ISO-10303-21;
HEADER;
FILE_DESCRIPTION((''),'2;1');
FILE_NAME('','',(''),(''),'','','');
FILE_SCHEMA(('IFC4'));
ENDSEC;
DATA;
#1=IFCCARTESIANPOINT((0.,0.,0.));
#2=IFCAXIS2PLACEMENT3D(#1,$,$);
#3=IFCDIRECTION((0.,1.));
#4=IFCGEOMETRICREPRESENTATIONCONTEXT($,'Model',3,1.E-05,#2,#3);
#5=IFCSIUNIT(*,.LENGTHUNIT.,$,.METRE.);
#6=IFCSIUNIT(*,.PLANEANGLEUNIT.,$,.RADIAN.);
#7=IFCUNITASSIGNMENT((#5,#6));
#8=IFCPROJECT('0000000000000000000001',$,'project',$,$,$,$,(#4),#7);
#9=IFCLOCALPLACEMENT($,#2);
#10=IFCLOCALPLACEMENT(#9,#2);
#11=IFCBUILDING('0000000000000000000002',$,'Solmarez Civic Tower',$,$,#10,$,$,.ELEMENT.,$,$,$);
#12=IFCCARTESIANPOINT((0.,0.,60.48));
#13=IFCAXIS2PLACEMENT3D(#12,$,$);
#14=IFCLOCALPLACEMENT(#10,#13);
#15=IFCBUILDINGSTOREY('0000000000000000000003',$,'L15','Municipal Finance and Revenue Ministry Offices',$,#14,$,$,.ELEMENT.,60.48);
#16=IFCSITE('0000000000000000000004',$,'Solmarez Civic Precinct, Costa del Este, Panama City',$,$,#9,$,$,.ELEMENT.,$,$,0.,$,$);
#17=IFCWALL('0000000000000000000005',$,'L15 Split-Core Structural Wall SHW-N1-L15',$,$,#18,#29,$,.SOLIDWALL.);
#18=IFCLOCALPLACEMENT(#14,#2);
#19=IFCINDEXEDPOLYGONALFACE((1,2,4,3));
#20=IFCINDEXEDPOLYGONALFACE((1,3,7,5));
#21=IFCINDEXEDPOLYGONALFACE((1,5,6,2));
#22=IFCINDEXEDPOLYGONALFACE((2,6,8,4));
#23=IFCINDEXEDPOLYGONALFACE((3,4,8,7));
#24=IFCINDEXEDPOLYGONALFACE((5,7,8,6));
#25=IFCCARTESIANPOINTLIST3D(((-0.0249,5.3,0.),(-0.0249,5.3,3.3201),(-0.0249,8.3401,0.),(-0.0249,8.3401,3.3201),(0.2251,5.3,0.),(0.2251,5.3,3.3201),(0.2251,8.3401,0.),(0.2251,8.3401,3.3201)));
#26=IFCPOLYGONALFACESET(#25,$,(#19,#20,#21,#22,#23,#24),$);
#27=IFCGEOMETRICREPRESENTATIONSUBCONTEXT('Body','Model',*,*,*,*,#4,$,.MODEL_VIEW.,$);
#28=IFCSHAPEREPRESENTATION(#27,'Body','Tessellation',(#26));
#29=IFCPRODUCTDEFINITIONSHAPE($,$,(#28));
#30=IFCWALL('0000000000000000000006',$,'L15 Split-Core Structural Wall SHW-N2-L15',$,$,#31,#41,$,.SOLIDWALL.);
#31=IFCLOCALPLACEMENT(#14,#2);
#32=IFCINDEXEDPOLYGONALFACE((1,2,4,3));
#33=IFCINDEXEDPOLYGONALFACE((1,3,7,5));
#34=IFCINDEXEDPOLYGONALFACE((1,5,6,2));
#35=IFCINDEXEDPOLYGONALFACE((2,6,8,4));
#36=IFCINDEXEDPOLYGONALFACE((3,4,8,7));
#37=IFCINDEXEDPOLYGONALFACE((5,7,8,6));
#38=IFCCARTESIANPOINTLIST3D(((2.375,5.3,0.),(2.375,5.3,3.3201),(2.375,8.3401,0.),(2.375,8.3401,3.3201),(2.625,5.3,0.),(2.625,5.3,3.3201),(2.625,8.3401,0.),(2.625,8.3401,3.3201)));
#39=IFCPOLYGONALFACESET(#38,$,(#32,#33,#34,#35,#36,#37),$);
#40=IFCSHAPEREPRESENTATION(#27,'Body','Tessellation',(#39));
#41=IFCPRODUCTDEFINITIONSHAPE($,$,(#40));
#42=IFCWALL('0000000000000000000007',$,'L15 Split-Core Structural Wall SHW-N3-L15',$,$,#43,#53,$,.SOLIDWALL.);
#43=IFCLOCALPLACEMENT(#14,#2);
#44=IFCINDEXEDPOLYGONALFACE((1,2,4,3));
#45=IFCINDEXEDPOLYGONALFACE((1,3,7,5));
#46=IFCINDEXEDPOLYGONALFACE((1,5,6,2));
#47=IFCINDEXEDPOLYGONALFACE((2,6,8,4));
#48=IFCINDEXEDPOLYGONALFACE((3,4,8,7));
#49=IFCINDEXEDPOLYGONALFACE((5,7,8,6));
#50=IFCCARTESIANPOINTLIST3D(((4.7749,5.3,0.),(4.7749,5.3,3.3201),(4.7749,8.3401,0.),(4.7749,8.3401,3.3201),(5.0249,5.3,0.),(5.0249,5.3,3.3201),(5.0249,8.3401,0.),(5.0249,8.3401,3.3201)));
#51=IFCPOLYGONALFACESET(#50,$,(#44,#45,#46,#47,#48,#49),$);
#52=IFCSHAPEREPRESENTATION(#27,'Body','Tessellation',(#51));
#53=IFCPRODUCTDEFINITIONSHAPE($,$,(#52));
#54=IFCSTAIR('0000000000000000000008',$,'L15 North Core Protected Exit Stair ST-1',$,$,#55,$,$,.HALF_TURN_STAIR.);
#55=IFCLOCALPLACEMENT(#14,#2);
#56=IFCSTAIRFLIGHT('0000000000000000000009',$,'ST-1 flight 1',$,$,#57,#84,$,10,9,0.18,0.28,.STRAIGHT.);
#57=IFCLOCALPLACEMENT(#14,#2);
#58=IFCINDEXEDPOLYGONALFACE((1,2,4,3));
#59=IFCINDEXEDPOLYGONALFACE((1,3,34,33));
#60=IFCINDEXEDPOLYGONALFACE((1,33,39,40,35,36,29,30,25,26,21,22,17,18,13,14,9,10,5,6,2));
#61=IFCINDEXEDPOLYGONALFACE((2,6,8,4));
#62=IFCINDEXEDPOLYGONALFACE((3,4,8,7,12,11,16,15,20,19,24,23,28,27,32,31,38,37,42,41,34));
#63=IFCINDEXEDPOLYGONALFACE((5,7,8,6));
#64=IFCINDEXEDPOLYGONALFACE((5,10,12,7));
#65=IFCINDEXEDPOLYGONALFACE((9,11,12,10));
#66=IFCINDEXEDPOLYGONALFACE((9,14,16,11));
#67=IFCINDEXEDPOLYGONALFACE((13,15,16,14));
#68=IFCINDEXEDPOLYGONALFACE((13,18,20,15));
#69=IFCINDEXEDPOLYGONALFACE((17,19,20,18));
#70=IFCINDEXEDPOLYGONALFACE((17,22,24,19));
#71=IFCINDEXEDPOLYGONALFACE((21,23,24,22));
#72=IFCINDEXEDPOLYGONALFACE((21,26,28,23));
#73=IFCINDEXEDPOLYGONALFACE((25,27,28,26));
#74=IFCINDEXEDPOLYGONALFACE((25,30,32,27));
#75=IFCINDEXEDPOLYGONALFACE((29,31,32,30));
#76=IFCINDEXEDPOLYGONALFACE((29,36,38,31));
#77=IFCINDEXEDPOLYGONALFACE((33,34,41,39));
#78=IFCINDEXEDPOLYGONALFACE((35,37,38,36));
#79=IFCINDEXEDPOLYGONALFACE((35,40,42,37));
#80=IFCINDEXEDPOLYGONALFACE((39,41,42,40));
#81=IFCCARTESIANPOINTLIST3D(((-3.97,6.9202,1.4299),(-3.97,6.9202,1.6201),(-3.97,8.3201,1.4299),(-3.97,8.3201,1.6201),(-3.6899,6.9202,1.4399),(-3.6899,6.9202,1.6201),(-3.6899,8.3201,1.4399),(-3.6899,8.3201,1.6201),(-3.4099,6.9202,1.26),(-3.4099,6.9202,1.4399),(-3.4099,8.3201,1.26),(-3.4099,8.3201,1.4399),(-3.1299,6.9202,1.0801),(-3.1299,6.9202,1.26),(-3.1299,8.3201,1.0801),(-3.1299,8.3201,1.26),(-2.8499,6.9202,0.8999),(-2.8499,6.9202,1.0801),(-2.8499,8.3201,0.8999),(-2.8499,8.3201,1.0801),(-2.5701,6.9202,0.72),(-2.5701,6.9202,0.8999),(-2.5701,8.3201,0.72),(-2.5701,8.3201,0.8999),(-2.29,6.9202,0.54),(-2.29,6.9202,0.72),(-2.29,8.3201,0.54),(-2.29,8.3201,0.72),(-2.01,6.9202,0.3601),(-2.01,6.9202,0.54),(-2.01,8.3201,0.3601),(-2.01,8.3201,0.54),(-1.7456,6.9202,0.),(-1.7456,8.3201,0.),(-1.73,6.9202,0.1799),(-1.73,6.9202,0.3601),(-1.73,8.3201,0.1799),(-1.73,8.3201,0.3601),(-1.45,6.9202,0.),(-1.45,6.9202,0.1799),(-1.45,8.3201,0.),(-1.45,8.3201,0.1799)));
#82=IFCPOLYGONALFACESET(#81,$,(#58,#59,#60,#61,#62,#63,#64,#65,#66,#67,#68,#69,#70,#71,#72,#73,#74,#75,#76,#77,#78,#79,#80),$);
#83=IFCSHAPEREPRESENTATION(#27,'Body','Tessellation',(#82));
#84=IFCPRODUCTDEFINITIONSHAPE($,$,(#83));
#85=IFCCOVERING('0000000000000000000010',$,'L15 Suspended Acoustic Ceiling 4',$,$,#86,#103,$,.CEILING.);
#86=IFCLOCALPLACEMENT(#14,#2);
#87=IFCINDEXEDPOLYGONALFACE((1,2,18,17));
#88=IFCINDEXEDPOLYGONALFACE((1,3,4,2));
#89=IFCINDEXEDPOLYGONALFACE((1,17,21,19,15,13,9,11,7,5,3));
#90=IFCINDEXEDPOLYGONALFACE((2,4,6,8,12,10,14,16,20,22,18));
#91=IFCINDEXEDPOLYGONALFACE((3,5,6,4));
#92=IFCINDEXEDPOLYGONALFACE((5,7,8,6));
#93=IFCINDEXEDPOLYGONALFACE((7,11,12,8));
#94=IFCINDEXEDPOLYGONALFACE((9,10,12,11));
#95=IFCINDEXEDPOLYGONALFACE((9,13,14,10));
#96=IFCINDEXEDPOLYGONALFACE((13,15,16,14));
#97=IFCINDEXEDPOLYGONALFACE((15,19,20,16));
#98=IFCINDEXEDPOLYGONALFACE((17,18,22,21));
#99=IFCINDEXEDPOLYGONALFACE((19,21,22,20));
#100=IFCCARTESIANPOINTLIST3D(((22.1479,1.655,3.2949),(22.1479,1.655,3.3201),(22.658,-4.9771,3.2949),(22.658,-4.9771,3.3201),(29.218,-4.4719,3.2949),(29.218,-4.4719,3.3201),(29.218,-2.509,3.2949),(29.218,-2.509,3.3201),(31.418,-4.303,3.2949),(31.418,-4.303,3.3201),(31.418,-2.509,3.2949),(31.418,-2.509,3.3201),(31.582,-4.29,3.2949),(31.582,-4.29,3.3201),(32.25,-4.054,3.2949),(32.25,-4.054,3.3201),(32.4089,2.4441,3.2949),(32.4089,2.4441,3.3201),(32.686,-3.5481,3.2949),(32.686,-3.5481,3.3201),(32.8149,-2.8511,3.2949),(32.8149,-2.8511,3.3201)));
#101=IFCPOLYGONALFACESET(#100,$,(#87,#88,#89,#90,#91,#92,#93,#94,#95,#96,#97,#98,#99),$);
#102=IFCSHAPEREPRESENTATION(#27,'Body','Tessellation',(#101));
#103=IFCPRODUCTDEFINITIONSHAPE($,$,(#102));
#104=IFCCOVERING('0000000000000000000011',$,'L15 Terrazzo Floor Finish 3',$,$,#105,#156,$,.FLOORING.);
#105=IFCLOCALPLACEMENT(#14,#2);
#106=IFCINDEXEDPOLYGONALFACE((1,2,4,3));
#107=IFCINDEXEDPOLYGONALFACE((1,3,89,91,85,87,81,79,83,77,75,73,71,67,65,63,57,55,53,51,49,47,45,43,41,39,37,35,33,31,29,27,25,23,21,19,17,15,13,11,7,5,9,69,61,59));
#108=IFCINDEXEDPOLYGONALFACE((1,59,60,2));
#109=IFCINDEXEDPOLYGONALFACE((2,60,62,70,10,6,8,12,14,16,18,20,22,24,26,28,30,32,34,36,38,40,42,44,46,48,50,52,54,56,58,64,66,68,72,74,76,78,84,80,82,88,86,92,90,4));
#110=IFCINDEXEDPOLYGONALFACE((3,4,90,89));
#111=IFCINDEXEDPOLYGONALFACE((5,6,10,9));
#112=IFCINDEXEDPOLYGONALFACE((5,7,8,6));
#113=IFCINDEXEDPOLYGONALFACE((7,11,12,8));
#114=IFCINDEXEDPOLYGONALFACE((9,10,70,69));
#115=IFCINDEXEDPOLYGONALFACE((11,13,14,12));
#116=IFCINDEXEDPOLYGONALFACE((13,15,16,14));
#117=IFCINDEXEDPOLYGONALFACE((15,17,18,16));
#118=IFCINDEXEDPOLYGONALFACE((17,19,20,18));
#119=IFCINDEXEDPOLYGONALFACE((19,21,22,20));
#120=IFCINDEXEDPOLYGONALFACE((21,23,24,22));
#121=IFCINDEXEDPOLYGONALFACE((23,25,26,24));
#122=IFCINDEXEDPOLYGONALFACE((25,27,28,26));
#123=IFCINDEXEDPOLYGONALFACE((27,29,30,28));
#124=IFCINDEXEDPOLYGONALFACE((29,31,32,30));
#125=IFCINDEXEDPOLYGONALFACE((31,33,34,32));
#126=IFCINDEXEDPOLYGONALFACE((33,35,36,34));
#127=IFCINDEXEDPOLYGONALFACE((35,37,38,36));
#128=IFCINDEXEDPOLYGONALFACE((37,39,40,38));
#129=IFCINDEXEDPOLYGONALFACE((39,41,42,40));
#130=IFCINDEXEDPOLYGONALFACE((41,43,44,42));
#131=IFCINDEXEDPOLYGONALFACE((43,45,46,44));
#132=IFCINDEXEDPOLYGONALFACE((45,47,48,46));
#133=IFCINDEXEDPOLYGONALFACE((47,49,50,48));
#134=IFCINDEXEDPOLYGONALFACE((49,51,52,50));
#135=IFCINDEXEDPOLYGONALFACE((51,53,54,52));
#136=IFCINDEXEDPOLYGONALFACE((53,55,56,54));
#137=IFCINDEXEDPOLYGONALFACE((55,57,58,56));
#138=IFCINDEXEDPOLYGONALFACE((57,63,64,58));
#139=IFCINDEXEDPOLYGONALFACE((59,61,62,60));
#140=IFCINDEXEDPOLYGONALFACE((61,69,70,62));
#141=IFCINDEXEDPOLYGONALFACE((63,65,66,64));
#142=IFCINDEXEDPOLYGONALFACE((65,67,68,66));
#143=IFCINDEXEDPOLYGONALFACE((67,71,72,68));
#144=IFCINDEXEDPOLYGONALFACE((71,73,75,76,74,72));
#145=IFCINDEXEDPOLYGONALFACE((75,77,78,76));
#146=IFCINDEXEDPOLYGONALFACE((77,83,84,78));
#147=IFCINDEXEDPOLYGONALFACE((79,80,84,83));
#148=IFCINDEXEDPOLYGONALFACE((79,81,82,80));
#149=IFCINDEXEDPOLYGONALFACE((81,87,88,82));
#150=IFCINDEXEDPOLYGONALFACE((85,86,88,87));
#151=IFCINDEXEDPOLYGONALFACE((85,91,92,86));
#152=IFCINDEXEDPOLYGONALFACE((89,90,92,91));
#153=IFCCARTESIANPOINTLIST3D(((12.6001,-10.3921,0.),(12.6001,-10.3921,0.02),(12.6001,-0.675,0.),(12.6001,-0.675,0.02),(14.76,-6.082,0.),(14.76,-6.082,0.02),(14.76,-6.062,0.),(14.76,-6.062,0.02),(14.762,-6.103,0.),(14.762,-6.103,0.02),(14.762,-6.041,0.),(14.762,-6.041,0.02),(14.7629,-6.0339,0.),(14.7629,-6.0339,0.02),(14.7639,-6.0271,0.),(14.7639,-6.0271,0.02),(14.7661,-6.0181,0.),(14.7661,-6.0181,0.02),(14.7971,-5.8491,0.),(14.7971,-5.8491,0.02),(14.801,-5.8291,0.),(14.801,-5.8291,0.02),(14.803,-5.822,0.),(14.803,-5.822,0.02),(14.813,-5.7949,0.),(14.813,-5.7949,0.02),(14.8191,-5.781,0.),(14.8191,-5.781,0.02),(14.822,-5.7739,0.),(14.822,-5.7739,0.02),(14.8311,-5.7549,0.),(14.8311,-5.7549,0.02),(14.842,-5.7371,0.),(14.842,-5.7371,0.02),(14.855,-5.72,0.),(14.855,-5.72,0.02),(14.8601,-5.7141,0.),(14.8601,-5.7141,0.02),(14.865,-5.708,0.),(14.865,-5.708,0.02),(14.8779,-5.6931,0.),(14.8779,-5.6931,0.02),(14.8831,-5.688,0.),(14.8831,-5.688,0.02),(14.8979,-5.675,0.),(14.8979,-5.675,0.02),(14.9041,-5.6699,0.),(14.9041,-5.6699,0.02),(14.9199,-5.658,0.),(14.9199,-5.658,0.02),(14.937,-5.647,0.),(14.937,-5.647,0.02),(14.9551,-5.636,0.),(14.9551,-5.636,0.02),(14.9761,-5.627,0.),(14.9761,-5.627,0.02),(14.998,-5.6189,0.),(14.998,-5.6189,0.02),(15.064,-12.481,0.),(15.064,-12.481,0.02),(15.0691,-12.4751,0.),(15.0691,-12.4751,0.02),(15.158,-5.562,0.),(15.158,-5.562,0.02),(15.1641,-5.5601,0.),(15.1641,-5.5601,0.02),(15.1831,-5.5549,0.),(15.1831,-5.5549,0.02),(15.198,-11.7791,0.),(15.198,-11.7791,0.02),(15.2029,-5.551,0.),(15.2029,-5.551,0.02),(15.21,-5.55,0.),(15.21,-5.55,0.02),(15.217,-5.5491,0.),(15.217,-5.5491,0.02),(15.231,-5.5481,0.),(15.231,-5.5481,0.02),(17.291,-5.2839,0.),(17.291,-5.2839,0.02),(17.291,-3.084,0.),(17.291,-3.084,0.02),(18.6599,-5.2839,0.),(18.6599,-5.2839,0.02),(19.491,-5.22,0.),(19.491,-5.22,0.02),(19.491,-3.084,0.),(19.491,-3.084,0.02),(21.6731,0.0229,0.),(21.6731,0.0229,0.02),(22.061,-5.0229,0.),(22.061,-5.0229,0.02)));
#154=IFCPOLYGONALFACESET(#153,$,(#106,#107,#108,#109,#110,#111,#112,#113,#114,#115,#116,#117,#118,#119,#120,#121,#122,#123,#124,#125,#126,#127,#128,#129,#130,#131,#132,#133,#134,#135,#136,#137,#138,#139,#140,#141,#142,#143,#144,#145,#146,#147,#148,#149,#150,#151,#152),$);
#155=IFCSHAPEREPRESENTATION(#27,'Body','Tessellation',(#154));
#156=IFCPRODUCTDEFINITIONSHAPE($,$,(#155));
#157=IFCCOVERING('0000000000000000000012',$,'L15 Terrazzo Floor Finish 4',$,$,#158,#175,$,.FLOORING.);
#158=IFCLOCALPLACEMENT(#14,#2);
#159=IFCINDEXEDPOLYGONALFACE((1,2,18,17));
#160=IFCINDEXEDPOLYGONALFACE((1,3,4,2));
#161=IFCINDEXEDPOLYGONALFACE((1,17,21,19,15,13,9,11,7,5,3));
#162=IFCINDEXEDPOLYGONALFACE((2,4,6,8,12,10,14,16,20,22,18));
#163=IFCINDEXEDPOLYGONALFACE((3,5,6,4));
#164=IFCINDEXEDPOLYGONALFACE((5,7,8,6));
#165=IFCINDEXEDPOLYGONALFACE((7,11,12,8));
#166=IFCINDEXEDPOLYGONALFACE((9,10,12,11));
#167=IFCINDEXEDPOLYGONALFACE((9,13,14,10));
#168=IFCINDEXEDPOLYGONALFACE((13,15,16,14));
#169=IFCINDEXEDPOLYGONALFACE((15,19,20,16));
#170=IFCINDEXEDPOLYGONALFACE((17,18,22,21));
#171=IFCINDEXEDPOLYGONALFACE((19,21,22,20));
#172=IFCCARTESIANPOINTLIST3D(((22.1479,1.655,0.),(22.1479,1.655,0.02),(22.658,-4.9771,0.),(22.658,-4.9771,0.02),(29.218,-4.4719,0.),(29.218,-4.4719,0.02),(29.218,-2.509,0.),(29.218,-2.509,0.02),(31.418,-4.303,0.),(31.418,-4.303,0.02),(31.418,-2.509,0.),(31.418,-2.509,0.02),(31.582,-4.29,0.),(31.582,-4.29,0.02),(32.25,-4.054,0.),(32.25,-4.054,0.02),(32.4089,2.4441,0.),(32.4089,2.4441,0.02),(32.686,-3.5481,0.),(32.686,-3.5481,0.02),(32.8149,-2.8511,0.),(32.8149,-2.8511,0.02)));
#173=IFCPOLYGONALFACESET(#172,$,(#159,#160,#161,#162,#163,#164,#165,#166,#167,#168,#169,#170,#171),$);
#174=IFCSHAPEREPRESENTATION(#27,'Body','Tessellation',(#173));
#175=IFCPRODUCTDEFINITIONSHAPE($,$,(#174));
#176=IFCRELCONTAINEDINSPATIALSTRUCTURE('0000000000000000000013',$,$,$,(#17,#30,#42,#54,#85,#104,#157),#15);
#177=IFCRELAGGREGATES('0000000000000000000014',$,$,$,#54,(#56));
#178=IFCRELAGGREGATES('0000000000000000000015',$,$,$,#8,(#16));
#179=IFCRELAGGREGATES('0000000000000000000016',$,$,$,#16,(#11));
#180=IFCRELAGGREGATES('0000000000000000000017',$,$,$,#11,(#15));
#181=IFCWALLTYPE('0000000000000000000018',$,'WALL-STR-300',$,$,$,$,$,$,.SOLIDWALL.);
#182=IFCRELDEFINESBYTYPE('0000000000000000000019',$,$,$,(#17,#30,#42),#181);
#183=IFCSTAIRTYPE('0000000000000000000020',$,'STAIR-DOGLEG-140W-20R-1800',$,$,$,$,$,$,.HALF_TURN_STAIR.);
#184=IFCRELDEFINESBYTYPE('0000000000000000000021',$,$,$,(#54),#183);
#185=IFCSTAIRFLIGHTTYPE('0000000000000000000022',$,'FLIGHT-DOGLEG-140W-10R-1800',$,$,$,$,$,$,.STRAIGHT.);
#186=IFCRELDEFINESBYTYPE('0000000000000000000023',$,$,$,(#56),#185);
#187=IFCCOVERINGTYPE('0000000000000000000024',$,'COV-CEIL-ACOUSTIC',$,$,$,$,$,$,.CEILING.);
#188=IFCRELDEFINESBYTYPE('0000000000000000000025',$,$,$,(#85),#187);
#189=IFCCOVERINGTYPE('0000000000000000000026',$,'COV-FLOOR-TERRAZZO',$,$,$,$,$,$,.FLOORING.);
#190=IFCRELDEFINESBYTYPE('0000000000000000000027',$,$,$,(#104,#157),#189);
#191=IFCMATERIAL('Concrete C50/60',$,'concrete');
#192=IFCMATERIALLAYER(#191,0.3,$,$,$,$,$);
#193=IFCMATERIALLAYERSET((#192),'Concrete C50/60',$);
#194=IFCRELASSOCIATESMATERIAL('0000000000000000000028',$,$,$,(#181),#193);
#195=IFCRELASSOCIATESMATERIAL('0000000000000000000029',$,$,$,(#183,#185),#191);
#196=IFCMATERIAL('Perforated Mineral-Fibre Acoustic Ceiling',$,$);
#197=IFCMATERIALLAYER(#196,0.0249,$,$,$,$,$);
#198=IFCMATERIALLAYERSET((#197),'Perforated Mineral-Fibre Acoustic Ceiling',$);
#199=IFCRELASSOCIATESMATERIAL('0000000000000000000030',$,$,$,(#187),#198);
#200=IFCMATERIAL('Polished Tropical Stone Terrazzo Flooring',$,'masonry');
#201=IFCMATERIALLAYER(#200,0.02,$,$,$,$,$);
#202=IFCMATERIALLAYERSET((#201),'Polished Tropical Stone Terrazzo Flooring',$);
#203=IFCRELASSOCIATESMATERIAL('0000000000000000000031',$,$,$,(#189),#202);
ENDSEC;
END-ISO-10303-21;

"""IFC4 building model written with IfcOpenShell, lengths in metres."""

from ifc_helpers import new_model, si_unit, direction, frame, frame_2d, origin, place, context, subcontext, project, spatial, polyline, rectangle, outline, extrude, material, layer, layer_set, type_object, element, aggregate, save


model = new_model("IFC4")

# Units and contexts
model_context = context("Model", 3, precision=1e-05, world=origin(), true_north=direction((0.0, 1.0)))
body_context = subcontext(model_context, "Body", "Model", "MODEL_VIEW")
ifc_project = project(units=[si_unit("LENGTHUNIT", "METRE"), si_unit("PLANEANGLEUNIT", "RADIAN")], contexts=[model_context])

# Site, building, storey
site_placement = place(None, origin())
site = spatial("IfcSite", under=ifc_project, at=site_placement, Name="Solmarez Civic Precinct, Costa del Este, Panama City", CompositionType="ELEMENT", RefElevation=0.0)
building_placement = place(site_placement, origin())
building = spatial("IfcBuilding", under=site, at=building_placement, Name="Solmarez Civic Tower", CompositionType="ELEMENT")
storey_placement = place(building_placement, frame((0.0, 0.0, 60.48)))
storey = spatial("IfcBuildingStorey", under=building, at=storey_placement, Name="L15", Description="Municipal Finance and Revenue Ministry Offices", CompositionType="ELEMENT", Elevation=60.48)

# Shared definitions
ifc_material_1 = material(Name="Concrete C50/60", Category="concrete")

# Walls
ifc_layer_1 = layer(ifc_material_1, 0.3)
ifc_layer_set_1 = layer_set([ifc_layer_1], Name="Concrete C50/60")
wall_type_1 = type_object("IfcWallType", Name="WALL-STR-300", PredefinedType="SOLIDWALL", material=ifc_layer_set_1)
for number, where, z_axis, x_axis, name in (
    (1, (0.1001, 5.3, 0.0), (0.0, 0.0, 1.0), (0.0, 1.0, 0.0), "L15 Split-Core Structural Wall SHW-N1-L15"),
    (2, (2.5, 5.3, 0.0), (0.0, 0.0, 1.0), (0.0, 1.0, 0.0), "L15 Split-Core Structural Wall SHW-N2-L15"),
    (3, (4.8999, 5.3, 0.0), (0.0, 0.0, 1.0), (0.0, 1.0, 0.0), "L15 Split-Core Structural Wall SHW-N3-L15"),
):
    element("IfcWall", number, at=place(storey_placement, frame(where, z_axis=z_axis, x_axis=x_axis)), inside=storey, type_object=wall_type_1, Name=name, PredefinedType="SOLIDWALL", context=body_context, shape_type="SweptSolid", body=[
        extrude(rectangle(XDim=3.04, YDim=0.25, at=frame_2d((1.52, 0.0))), origin(), (0.0, 0.0, 1.0), 3.3201),
    ])

# Stair, stair flight
stair_type = type_object("IfcStairType", Name="STAIR-DOGLEG-140W-20R-1800", PredefinedType="HALF_TURN_STAIR", material=ifc_material_1)
stair_placement = place(storey_placement, origin())
stair = element("IfcStair", 4, at=stair_placement, inside=storey, type_object=stair_type, Name="L15 North Core Protected Exit Stair ST-1", PredefinedType="HALF_TURN_STAIR")
stair_flight_type = type_object("IfcStairFlightType", Name="FLIGHT-DOGLEG-140W-10R-1800", PredefinedType="STRAIGHT", material=ifc_material_1)
stair_flight_placement = place(storey_placement, frame((-1.45, 7.6201, 0.0), z_axis=(0.0, 0.0, 1.0), x_axis=(-1.0, 0.0, 0.0)))
stair_flight = element("IfcStairFlight", 5, at=stair_flight_placement, type_object=stair_flight_type, Name="ST-1 flight 1", NumberOfRisers=10, NumberOfTreads=9, PredefinedType="STRAIGHT", RiserHeight=0.18, TreadLength=0.28, context=body_context, shape_type="SweptSolid", body=[
    extrude(outline(polyline([(0.0, 0.0), (0.0, 0.1799), (0.28, 0.1799), (0.28, 0.3601), (0.5601, 0.3601), (0.5601, 0.54), (0.8401, 0.54), (0.8401, 0.72), (1.1201, 0.72), (1.1201, 0.8999), (1.3999, 0.8999), (1.3999, 1.0801), (1.6799, 1.0801), (1.6799, 1.26), (1.96, 1.26), (1.96, 1.4399), (2.24, 1.4399), (2.24, 1.6201), (2.52, 1.6201), (2.52, 1.8), (2.52, 1.4299), (0.2957, 0.0), (0.0, 0.0)])), frame((0.0, 0.7, 0.0), z_axis=(0.0, -1.0, 0.0), x_axis=(1.0, 0.0, 0.0)), (0.0, 0.0, 1.0), 1.3999),
])
aggregate(stair, [stair_flight])

# Coverings
ifc_material_2 = material(Name="Perforated Mineral-Fibre Acoustic Ceiling")
ifc_layer_2 = layer(ifc_material_2, 0.0249)
ifc_layer_set_2 = layer_set([ifc_layer_2], Name="Perforated Mineral-Fibre Acoustic Ceiling")
covering_type_1 = type_object("IfcCoveringType", Name="COV-CEIL-ACOUSTIC", PredefinedType="CEILING", material=ifc_layer_set_2)
covering_1_placement = place(storey_placement, frame((0.0, 0.0, 3.2949)))
element("IfcCovering", 6, at=covering_1_placement, inside=storey, type_object=covering_type_1, Name="L15 Suspended Acoustic Ceiling 4", PredefinedType="CEILING", context=body_context, shape_type="SweptSolid", body=[
    extrude(outline(polyline([(22.658, -4.9771), (29.218, -4.4719), (29.218, -2.509), (31.418, -2.509), (31.418, -4.303), (31.582, -4.29), (32.25, -4.054), (32.686, -3.5481), (32.8149, -2.8511), (32.4089, 2.4441), (22.1479, 1.655), (22.658, -4.9771)])), origin(), (0.0, 0.0, 1.0), 0.0251),
])
ifc_material_3 = material(Name="Polished Tropical Stone Terrazzo Flooring", Category="masonry")
ifc_layer_3 = layer(ifc_material_3, 0.02)
ifc_layer_set_3 = layer_set([ifc_layer_3], Name="Polished Tropical Stone Terrazzo Flooring")
covering_type_2 = type_object("IfcCoveringType", Name="COV-FLOOR-TERRAZZO", PredefinedType="FLOORING", material=ifc_layer_set_3)
covering_2_placement = place(storey_placement, origin())
element("IfcCovering", 7, at=covering_2_placement, inside=storey, type_object=covering_type_2, Name="L15 Terrazzo Floor Finish 3", PredefinedType="FLOORING", context=body_context, shape_type="SweptSolid", body=[
    extrude(outline(polyline([(12.6001, -0.675), (12.6001, -10.3921), (15.064, -12.481), (15.0691, -12.4751), (15.198, -11.7791), (14.762, -6.103), (14.76, -6.082), (14.76, -6.062), (14.762, -6.041), (14.7629, -6.0339), (14.7639, -6.0271), (14.7661, -6.0181), (14.7971, -5.8491), (14.801, -5.8291), (14.803, -5.822), (14.813, -5.7949), (14.8191, -5.781), (14.822, -5.7739), (14.8311, -5.7549), (14.842, -5.7371), (14.855, -5.72), (14.8601, -5.7141), (14.865, -5.708), (14.8779, -5.6931), (14.8831, -5.688), (14.8979, -5.675), (14.9041, -5.6699), (14.9199, -5.658), (14.937, -5.647), (14.9551, -5.636), (14.9761, -5.627), (14.998, -5.6189), (15.158, -5.562), (15.1641, -5.5601), (15.1831, -5.5549), (15.2029, -5.551), (15.21, -5.55), (15.217, -5.5491), (15.231, -5.5481), (18.6599, -5.2839), (17.291, -5.2839), (17.291, -3.084), (19.491, -3.084), (19.491, -5.22), (22.061, -5.0229), (21.6731, 0.0229), (12.6001, -0.675)])), origin(), (0.0, 0.0, 1.0), 0.02),
])
covering_3_placement = place(storey_placement, origin())
element("IfcCovering", 8, at=covering_3_placement, inside=storey, type_object=covering_type_2, Name="L15 Terrazzo Floor Finish 4", PredefinedType="FLOORING", context=body_context, shape_type="SweptSolid", body=[
    extrude(outline(polyline([(22.658, -4.9771), (29.218, -4.4719), (29.218, -2.509), (31.418, -2.509), (31.418, -4.303), (31.582, -4.29), (32.25, -4.054), (32.686, -3.5481), (32.8149, -2.8511), (32.4089, 2.4441), (22.1479, 1.655), (22.658, -4.9771)])), origin(), (0.0, 0.0, 1.0), 0.02),
])

save(model, "model.ifc")
